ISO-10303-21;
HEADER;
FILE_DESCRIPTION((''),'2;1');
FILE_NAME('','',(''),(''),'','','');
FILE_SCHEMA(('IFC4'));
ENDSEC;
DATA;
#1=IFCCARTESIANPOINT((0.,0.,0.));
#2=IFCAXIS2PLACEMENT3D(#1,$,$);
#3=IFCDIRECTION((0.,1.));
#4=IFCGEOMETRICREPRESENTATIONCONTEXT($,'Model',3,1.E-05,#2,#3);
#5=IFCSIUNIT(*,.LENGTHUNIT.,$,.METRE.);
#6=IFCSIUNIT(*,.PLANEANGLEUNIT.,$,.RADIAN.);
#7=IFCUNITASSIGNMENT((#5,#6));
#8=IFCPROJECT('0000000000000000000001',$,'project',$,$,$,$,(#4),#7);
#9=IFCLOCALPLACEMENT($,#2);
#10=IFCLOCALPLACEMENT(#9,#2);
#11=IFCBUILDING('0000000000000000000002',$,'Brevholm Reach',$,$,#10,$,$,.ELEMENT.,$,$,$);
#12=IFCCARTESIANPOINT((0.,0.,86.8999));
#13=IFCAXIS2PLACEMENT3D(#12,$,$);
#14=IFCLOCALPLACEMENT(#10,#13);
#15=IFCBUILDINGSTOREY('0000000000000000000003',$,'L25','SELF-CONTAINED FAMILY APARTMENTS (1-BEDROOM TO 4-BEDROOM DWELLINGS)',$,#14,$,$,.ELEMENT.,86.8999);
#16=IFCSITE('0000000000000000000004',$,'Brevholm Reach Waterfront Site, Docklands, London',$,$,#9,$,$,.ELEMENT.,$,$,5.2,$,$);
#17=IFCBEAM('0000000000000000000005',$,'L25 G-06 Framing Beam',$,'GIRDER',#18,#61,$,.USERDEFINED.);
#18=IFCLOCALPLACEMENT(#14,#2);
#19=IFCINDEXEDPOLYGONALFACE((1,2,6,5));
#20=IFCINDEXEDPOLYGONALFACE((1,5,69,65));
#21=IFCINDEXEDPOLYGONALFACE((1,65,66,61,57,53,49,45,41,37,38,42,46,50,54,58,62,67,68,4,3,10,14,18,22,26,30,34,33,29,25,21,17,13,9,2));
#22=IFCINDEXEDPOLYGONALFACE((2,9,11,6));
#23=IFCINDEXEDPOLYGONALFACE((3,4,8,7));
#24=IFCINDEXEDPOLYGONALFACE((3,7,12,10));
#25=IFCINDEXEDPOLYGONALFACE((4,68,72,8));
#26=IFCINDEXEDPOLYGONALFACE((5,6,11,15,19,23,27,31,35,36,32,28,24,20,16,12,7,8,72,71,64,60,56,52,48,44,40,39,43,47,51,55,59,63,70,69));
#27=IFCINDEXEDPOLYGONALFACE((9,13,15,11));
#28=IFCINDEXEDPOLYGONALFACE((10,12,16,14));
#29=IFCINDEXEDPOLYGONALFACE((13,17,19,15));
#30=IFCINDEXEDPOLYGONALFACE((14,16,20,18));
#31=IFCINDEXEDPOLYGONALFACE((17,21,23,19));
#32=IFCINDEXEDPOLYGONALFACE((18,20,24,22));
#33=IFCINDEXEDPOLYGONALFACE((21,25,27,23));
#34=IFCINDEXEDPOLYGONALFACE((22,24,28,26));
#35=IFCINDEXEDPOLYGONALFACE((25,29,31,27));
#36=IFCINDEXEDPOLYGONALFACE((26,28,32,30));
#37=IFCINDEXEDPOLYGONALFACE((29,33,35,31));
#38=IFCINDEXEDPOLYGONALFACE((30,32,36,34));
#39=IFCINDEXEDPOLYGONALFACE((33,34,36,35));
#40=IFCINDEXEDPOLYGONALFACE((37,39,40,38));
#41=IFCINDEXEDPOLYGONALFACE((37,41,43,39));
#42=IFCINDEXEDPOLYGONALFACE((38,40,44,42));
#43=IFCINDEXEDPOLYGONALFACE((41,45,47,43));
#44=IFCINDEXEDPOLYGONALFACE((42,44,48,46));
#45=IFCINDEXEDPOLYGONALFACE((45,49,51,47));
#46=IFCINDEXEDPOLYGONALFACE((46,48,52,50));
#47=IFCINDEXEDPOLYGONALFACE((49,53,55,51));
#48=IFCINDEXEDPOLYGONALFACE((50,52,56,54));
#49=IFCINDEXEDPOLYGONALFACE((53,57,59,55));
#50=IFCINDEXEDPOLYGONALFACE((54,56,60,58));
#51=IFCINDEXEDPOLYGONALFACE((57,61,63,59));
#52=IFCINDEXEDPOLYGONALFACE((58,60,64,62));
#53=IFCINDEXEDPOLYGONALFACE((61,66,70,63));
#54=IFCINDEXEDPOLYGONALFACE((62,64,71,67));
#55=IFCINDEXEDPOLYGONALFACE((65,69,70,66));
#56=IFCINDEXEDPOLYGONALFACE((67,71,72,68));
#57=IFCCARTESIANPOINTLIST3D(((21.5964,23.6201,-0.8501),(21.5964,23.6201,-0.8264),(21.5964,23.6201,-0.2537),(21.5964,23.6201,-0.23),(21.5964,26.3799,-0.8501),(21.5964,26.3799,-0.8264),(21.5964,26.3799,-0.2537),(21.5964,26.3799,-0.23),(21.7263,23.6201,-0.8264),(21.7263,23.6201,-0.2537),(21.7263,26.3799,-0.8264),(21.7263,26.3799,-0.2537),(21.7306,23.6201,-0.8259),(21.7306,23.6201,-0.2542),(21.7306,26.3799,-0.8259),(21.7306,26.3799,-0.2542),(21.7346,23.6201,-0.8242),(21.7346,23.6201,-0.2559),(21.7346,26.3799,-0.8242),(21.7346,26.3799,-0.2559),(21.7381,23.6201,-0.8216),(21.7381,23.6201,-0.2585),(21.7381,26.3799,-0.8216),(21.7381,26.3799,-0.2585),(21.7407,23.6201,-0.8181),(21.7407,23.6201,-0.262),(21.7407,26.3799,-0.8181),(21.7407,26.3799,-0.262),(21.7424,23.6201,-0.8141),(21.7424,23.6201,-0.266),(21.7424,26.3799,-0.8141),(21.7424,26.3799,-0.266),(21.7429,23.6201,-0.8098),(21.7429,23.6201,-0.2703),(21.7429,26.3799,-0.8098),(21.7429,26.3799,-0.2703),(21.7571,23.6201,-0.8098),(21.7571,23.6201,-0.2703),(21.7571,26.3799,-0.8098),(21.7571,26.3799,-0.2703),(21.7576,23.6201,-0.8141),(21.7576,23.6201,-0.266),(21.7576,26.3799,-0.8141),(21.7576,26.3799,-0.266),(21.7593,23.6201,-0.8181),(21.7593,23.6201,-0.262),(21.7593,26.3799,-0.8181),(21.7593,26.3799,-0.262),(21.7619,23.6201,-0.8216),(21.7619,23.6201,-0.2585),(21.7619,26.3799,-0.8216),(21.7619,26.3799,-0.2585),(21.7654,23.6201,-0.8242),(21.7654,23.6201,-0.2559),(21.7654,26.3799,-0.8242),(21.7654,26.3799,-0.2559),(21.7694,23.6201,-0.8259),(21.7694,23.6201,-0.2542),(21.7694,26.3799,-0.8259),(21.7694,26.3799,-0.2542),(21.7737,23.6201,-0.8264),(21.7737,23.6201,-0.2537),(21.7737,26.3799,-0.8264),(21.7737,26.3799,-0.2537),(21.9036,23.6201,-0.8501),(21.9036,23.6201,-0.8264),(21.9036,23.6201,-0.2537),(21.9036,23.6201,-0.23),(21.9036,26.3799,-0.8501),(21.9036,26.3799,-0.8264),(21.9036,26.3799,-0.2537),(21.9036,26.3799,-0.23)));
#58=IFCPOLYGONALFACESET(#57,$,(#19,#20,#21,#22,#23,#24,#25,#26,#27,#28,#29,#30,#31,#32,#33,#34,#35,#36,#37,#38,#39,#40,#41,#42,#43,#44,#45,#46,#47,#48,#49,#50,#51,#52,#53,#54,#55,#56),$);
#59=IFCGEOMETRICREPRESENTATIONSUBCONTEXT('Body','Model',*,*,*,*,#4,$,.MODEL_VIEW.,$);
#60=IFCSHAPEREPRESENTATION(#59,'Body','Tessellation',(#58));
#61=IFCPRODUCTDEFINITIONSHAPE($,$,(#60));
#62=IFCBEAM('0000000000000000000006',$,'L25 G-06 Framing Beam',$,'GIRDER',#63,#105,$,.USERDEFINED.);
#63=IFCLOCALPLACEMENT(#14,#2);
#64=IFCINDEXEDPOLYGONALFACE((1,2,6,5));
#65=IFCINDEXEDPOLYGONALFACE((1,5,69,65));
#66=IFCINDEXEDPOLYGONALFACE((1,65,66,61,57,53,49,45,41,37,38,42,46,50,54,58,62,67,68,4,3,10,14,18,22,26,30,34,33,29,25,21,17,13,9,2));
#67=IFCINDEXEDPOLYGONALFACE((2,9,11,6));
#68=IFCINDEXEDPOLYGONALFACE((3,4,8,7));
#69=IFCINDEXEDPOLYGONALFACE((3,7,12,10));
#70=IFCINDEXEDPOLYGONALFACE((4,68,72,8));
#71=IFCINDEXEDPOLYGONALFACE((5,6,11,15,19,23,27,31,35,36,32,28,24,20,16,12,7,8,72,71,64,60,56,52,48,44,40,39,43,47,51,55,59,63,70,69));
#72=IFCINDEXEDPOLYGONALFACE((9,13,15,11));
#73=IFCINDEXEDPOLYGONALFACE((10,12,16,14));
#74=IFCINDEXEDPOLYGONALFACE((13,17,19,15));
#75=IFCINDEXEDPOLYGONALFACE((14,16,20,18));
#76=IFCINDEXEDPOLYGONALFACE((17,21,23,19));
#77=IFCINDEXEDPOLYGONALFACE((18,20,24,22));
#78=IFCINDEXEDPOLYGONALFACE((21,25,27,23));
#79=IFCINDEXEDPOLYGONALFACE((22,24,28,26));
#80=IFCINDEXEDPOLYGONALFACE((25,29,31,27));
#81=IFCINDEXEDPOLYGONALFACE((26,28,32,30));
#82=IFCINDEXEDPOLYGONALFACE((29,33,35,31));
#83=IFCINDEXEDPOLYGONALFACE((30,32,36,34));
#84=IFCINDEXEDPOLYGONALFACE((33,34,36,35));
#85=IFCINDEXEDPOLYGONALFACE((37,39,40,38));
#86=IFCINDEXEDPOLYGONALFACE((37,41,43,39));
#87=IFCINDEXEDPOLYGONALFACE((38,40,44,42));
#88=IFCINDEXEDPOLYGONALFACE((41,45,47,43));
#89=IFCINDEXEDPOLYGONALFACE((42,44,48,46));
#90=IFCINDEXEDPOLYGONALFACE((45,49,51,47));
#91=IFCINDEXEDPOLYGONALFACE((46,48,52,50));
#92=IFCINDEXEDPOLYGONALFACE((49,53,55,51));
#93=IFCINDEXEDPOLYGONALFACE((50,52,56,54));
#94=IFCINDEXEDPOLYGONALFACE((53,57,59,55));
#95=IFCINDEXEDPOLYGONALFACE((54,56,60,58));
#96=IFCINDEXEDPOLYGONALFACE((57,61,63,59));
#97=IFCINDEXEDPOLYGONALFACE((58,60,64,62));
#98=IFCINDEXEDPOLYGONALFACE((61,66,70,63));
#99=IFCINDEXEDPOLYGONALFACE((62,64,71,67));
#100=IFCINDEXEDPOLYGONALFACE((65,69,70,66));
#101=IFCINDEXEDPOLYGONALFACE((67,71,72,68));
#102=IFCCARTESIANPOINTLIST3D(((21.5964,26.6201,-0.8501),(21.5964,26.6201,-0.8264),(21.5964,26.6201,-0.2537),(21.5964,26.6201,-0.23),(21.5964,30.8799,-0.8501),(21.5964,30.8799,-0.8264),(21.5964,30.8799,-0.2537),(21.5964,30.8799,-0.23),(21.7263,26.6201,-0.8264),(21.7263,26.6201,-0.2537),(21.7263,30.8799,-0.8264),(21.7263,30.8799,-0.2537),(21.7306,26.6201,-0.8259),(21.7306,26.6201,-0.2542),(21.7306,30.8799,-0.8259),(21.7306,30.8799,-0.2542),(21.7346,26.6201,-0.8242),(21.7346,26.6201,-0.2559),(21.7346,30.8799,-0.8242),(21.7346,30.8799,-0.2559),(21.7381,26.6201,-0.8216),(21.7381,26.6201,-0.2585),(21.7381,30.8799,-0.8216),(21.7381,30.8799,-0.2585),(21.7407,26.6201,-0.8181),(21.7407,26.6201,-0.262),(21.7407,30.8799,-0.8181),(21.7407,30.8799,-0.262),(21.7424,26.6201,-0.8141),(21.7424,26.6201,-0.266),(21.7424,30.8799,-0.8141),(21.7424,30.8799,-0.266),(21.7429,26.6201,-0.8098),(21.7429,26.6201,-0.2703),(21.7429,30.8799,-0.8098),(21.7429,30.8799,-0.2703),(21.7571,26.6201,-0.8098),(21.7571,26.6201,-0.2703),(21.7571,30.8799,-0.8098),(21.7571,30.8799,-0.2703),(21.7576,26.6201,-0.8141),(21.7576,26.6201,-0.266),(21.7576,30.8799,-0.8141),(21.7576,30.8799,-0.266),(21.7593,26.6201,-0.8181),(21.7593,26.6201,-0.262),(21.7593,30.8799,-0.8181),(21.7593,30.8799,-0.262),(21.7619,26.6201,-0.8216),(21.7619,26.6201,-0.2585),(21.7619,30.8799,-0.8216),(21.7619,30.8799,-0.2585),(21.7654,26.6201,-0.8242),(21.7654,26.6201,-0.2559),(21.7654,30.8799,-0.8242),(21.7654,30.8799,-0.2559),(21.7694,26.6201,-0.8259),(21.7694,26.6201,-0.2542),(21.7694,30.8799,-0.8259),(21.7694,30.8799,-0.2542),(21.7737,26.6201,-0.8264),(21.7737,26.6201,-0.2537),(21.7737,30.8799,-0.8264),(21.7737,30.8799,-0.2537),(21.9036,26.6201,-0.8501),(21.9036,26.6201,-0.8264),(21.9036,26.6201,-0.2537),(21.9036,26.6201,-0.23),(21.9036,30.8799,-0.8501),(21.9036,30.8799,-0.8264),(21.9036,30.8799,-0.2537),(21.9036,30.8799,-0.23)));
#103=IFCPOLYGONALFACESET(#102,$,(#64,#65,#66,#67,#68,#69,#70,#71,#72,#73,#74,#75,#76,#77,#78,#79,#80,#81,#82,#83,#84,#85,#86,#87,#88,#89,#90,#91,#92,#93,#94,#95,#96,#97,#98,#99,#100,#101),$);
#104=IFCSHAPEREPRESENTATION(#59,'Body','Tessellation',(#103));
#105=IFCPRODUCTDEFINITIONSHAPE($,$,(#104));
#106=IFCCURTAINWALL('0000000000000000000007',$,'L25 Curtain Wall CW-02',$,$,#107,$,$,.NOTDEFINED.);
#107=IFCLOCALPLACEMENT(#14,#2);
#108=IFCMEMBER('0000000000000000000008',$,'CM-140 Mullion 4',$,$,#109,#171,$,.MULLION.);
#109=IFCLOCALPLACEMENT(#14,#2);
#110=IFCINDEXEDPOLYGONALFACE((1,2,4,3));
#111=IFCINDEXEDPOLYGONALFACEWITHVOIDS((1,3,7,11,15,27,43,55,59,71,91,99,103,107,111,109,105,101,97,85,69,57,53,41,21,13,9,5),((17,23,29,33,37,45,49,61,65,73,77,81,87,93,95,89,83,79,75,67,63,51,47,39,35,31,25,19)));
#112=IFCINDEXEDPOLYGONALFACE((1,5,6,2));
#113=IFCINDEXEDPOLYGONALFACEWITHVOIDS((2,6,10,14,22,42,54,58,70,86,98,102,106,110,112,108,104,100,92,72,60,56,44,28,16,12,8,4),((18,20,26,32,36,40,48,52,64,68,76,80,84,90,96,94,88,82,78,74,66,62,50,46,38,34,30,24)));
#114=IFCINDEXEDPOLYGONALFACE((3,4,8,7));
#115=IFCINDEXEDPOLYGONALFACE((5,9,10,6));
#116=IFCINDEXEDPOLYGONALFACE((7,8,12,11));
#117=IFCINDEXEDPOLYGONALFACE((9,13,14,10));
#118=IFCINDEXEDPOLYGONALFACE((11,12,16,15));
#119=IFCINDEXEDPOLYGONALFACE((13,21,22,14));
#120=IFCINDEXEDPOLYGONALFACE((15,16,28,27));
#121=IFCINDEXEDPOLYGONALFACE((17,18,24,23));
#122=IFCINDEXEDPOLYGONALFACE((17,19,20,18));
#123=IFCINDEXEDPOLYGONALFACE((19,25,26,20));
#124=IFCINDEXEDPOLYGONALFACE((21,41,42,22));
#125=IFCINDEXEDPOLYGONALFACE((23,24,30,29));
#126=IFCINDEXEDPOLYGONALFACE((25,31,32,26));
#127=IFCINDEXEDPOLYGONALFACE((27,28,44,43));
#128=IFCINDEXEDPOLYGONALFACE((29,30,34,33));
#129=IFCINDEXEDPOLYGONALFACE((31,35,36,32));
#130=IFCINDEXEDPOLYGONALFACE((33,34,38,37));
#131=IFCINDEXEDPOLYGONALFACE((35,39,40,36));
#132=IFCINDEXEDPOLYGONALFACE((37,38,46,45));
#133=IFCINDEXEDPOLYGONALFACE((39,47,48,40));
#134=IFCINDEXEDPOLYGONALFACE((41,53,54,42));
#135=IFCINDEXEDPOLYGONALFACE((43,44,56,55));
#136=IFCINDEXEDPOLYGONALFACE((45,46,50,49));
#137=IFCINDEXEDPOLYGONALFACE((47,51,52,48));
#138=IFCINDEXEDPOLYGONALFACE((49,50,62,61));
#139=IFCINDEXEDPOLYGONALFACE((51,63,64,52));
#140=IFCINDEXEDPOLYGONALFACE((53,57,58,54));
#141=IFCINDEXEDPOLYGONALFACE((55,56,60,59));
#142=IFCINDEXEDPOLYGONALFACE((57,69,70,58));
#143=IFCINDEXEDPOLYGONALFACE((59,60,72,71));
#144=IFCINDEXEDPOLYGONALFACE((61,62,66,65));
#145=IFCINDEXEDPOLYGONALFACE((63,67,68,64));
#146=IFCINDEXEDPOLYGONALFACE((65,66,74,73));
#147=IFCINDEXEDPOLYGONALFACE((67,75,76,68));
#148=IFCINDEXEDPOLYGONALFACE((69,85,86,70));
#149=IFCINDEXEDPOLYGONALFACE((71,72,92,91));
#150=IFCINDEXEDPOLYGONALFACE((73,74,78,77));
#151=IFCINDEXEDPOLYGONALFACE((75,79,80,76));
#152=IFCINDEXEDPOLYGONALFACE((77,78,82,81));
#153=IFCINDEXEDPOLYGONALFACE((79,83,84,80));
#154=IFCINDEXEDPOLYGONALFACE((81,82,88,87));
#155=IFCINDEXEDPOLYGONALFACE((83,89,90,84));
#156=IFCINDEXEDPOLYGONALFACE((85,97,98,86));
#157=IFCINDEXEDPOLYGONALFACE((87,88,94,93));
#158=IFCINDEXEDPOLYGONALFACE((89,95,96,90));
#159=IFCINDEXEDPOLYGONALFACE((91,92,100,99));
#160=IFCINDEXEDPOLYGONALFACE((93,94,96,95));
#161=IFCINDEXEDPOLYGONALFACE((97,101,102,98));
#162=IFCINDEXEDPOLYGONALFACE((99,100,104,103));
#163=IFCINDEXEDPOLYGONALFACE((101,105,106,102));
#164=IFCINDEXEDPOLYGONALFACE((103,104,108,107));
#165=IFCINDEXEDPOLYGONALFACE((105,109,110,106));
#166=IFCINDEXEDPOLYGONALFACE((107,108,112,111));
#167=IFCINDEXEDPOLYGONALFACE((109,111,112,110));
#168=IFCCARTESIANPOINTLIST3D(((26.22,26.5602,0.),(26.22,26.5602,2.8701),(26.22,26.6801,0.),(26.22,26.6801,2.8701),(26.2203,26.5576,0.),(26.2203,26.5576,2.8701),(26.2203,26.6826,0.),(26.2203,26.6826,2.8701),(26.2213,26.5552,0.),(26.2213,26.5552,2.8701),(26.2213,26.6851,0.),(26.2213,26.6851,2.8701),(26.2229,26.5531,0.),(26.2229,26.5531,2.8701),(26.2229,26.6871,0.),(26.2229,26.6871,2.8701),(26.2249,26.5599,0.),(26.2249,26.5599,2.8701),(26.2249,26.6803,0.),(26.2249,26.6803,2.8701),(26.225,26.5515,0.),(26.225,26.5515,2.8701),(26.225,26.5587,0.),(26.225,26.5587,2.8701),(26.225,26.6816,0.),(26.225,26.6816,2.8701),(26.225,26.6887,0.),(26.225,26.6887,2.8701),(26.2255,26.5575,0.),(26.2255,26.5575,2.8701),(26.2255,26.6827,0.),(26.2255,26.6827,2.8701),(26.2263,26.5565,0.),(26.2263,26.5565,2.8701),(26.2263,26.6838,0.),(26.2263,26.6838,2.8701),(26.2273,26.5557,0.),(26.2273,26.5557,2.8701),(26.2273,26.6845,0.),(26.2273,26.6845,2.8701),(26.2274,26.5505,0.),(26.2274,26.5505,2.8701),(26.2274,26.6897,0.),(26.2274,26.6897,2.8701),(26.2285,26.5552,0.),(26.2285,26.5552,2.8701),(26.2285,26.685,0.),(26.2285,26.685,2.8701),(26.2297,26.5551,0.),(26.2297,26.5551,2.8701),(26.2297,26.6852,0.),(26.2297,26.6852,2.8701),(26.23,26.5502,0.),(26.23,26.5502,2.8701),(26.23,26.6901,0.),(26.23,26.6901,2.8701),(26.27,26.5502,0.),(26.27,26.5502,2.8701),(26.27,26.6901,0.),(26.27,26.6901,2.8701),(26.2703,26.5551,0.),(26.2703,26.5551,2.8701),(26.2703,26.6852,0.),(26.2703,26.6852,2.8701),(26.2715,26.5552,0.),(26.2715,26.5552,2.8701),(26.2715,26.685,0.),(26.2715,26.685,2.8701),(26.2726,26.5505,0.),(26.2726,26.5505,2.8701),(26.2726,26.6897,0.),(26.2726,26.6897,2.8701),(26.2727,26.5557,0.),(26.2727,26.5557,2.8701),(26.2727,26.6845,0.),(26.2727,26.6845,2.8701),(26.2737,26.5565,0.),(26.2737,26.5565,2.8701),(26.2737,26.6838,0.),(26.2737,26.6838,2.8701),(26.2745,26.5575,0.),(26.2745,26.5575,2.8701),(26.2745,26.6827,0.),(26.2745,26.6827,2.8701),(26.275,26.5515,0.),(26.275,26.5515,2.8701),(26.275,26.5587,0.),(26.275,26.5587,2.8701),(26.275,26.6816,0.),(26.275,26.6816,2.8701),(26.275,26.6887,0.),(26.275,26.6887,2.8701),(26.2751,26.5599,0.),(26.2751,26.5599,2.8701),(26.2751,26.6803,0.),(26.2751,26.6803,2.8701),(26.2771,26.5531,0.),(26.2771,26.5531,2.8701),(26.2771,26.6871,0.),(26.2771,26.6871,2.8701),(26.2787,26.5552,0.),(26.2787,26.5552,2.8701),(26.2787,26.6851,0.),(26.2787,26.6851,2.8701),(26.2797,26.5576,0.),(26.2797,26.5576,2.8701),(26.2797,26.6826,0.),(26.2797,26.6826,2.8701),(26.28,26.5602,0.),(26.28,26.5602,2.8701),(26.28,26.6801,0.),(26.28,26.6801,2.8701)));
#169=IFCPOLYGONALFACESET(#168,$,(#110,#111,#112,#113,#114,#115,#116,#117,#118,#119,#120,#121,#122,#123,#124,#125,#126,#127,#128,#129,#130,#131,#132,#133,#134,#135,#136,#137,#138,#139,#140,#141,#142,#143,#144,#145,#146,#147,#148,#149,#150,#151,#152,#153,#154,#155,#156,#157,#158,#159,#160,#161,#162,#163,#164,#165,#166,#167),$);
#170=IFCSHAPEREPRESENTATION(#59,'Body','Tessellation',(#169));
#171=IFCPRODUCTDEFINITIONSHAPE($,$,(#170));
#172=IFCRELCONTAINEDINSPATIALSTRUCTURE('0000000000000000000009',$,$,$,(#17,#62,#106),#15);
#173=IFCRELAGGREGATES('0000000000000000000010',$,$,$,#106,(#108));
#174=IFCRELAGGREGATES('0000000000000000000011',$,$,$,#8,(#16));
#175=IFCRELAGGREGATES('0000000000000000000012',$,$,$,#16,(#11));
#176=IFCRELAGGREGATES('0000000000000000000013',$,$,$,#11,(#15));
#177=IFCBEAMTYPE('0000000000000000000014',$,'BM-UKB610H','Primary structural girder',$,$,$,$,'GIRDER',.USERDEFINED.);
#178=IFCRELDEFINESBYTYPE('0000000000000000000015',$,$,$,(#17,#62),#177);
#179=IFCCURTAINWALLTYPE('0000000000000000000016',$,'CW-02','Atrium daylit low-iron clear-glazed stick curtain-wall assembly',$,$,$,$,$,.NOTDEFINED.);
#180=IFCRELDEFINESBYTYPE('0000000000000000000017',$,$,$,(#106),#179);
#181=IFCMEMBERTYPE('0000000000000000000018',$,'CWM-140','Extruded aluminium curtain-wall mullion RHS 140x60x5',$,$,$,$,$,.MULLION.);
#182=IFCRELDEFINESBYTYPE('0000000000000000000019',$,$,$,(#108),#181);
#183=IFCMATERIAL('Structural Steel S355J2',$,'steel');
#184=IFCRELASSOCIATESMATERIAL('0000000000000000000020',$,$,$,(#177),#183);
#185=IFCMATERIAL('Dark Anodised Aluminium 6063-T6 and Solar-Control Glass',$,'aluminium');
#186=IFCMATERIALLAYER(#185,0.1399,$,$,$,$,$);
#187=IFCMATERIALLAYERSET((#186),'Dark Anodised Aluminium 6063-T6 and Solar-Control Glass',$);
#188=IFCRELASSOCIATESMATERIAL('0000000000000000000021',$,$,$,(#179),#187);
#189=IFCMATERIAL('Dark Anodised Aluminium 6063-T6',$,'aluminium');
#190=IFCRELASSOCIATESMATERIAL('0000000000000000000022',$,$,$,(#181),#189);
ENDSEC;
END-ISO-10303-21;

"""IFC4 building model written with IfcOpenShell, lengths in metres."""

from ifc_helpers import new_model, si_unit, direction, frame, origin, origin_2d, place, context, subcontext, project, spatial, hollow_rectangle, i_section, extrude, material, layer, layer_set, material_profile, profile_set, type_object, element, aggregate, save


model = new_model("IFC4")

# Units and contexts
model_context = context("Model", 3, precision=1e-05, world=origin(), true_north=direction((0.0, 1.0)))
body_context = subcontext(model_context, "Body", "Model", "MODEL_VIEW")
ifc_project = project(units=[si_unit("LENGTHUNIT", "METRE"), si_unit("PLANEANGLEUNIT", "RADIAN")], contexts=[model_context])

# Site, building, storey
site_placement = place(None, origin())
site = spatial("IfcSite", under=ifc_project, at=site_placement, Name="Brevholm Reach Waterfront Site, Docklands, London", CompositionType="ELEMENT", RefElevation=5.2)
building_placement = place(site_placement, origin())
building = spatial("IfcBuilding", under=site, at=building_placement, Name="Brevholm Reach", CompositionType="ELEMENT")
storey_placement = place(building_placement, frame((0.0, 0.0, 86.8999)))
storey = spatial("IfcBuildingStorey", under=building, at=storey_placement, Name="L25", Description="SELF-CONTAINED FAMILY APARTMENTS (1-BEDROOM TO 4-BEDROOM DWELLINGS)", CompositionType="ELEMENT", Elevation=86.8999)

# Beams
ifc_material_1 = material(Name="Structural Steel S355J2", Category="steel")
ifc_material_profile_1 = material_profile(ifc_material_1, i_section(OverallWidth=0.3071, OverallDepth=0.6201, WebThickness=0.0142, FlangeThickness=0.0237, FilletRadius=0.0166, at=origin_2d()), Name="UKB 610x305x179")
ifc_profile_set_1 = profile_set([ifc_material_profile_1], Name="Structural Steel S355J2")
beam_type_1 = type_object("IfcBeamType", Name="BM-UKB610H", Description="Primary structural girder", ElementType="GIRDER", PredefinedType="USERDEFINED", material=ifc_profile_set_1)
beam_1_placement = place(storey_placement, frame((21.75, 23.6201, -0.54), z_axis=(0.0, 1.0, 0.0), x_axis=(-1.0, 0.0, 0.0)))
element("IfcBeam", 1, at=beam_1_placement, inside=storey, type_object=beam_type_1, Name="L25 G-06 Framing Beam", ObjectType="GIRDER", PredefinedType="USERDEFINED", context=body_context, shape_type="SweptSolid", body=[
    extrude(i_section(OverallWidth=0.3071, OverallDepth=0.6201, WebThickness=0.0142, FlangeThickness=0.0237, FilletRadius=0.0166, at=origin_2d()), origin(), (0.0, 0.0, 1.0), 2.7598),
])
beam_2_placement = place(storey_placement, frame((21.75, 26.6201, -0.54), z_axis=(0.0, 1.0, 0.0), x_axis=(-1.0, 0.0, 0.0)))
element("IfcBeam", 2, at=beam_2_placement, inside=storey, type_object=beam_type_1, Name="L25 G-06 Framing Beam", ObjectType="GIRDER", PredefinedType="USERDEFINED", context=body_context, shape_type="SweptSolid", body=[
    extrude(i_section(OverallWidth=0.3071, OverallDepth=0.6201, WebThickness=0.0142, FlangeThickness=0.0237, FilletRadius=0.0166, at=origin_2d()), origin(), (0.0, 0.0, 1.0), 4.2598),
])

# Curtain wall, member
ifc_material_2 = material(Name="Dark Anodised Aluminium 6063-T6 and Solar-Control Glass", Category="aluminium")
ifc_layer_1 = layer(ifc_material_2, 0.1399)
ifc_layer_set_1 = layer_set([ifc_layer_1], Name="Dark Anodised Aluminium 6063-T6 and Solar-Control Glass")
curtain_wall_type = type_object("IfcCurtainWallType", Name="CW-02", Description="Atrium daylit low-iron clear-glazed stick curtain-wall assembly", PredefinedType="NOTDEFINED", material=ifc_layer_set_1)
curtain_wall_placement = place(storey_placement, origin())
curtain_wall = element("IfcCurtainWall", 3, at=curtain_wall_placement, inside=storey, type_object=curtain_wall_type, Name="L25 Curtain Wall CW-02", PredefinedType="NOTDEFINED")
ifc_material_3 = material(Name="Dark Anodised Aluminium 6063-T6", Category="aluminium")
ifc_material_profile_2 = material_profile(ifc_material_3, hollow_rectangle(XDim=0.0601, YDim=0.1399, WallThickness=0.0049, InnerFilletRadius=0.0049, OuterFilletRadius=0.01, at=origin_2d()), Name="RHS 140x60x5")
ifc_profile_set_2 = profile_set([ifc_material_profile_2], Name="Dark Anodised Aluminium 6063-T6")
member_type_1 = type_object("IfcMemberType", Name="CWM-140", Description="Extruded aluminium curtain-wall mullion RHS 140x60x5", PredefinedType="MULLION", material=ifc_profile_set_2)
member_1_placement = place(storey_placement, frame((26.25, 26.6201, 0.0), z_axis=(0.0, 0.0, 1.0), x_axis=(-1.0, 0.0, 0.0)))
member_1 = element("IfcMember", 4, at=member_1_placement, type_object=member_type_1, Name="CM-140 Mullion 4", PredefinedType="MULLION", context=body_context, shape_type="SweptSolid", body=[
    extrude(hollow_rectangle(XDim=0.0601, YDim=0.1399, WallThickness=0.0049, InnerFilletRadius=0.0049, OuterFilletRadius=0.01, at=origin_2d()), origin(), (0.0, 0.0, 1.0), 2.8701),
])
aggregate(curtain_wall, [member_1])

save(model, "model.ifc")
